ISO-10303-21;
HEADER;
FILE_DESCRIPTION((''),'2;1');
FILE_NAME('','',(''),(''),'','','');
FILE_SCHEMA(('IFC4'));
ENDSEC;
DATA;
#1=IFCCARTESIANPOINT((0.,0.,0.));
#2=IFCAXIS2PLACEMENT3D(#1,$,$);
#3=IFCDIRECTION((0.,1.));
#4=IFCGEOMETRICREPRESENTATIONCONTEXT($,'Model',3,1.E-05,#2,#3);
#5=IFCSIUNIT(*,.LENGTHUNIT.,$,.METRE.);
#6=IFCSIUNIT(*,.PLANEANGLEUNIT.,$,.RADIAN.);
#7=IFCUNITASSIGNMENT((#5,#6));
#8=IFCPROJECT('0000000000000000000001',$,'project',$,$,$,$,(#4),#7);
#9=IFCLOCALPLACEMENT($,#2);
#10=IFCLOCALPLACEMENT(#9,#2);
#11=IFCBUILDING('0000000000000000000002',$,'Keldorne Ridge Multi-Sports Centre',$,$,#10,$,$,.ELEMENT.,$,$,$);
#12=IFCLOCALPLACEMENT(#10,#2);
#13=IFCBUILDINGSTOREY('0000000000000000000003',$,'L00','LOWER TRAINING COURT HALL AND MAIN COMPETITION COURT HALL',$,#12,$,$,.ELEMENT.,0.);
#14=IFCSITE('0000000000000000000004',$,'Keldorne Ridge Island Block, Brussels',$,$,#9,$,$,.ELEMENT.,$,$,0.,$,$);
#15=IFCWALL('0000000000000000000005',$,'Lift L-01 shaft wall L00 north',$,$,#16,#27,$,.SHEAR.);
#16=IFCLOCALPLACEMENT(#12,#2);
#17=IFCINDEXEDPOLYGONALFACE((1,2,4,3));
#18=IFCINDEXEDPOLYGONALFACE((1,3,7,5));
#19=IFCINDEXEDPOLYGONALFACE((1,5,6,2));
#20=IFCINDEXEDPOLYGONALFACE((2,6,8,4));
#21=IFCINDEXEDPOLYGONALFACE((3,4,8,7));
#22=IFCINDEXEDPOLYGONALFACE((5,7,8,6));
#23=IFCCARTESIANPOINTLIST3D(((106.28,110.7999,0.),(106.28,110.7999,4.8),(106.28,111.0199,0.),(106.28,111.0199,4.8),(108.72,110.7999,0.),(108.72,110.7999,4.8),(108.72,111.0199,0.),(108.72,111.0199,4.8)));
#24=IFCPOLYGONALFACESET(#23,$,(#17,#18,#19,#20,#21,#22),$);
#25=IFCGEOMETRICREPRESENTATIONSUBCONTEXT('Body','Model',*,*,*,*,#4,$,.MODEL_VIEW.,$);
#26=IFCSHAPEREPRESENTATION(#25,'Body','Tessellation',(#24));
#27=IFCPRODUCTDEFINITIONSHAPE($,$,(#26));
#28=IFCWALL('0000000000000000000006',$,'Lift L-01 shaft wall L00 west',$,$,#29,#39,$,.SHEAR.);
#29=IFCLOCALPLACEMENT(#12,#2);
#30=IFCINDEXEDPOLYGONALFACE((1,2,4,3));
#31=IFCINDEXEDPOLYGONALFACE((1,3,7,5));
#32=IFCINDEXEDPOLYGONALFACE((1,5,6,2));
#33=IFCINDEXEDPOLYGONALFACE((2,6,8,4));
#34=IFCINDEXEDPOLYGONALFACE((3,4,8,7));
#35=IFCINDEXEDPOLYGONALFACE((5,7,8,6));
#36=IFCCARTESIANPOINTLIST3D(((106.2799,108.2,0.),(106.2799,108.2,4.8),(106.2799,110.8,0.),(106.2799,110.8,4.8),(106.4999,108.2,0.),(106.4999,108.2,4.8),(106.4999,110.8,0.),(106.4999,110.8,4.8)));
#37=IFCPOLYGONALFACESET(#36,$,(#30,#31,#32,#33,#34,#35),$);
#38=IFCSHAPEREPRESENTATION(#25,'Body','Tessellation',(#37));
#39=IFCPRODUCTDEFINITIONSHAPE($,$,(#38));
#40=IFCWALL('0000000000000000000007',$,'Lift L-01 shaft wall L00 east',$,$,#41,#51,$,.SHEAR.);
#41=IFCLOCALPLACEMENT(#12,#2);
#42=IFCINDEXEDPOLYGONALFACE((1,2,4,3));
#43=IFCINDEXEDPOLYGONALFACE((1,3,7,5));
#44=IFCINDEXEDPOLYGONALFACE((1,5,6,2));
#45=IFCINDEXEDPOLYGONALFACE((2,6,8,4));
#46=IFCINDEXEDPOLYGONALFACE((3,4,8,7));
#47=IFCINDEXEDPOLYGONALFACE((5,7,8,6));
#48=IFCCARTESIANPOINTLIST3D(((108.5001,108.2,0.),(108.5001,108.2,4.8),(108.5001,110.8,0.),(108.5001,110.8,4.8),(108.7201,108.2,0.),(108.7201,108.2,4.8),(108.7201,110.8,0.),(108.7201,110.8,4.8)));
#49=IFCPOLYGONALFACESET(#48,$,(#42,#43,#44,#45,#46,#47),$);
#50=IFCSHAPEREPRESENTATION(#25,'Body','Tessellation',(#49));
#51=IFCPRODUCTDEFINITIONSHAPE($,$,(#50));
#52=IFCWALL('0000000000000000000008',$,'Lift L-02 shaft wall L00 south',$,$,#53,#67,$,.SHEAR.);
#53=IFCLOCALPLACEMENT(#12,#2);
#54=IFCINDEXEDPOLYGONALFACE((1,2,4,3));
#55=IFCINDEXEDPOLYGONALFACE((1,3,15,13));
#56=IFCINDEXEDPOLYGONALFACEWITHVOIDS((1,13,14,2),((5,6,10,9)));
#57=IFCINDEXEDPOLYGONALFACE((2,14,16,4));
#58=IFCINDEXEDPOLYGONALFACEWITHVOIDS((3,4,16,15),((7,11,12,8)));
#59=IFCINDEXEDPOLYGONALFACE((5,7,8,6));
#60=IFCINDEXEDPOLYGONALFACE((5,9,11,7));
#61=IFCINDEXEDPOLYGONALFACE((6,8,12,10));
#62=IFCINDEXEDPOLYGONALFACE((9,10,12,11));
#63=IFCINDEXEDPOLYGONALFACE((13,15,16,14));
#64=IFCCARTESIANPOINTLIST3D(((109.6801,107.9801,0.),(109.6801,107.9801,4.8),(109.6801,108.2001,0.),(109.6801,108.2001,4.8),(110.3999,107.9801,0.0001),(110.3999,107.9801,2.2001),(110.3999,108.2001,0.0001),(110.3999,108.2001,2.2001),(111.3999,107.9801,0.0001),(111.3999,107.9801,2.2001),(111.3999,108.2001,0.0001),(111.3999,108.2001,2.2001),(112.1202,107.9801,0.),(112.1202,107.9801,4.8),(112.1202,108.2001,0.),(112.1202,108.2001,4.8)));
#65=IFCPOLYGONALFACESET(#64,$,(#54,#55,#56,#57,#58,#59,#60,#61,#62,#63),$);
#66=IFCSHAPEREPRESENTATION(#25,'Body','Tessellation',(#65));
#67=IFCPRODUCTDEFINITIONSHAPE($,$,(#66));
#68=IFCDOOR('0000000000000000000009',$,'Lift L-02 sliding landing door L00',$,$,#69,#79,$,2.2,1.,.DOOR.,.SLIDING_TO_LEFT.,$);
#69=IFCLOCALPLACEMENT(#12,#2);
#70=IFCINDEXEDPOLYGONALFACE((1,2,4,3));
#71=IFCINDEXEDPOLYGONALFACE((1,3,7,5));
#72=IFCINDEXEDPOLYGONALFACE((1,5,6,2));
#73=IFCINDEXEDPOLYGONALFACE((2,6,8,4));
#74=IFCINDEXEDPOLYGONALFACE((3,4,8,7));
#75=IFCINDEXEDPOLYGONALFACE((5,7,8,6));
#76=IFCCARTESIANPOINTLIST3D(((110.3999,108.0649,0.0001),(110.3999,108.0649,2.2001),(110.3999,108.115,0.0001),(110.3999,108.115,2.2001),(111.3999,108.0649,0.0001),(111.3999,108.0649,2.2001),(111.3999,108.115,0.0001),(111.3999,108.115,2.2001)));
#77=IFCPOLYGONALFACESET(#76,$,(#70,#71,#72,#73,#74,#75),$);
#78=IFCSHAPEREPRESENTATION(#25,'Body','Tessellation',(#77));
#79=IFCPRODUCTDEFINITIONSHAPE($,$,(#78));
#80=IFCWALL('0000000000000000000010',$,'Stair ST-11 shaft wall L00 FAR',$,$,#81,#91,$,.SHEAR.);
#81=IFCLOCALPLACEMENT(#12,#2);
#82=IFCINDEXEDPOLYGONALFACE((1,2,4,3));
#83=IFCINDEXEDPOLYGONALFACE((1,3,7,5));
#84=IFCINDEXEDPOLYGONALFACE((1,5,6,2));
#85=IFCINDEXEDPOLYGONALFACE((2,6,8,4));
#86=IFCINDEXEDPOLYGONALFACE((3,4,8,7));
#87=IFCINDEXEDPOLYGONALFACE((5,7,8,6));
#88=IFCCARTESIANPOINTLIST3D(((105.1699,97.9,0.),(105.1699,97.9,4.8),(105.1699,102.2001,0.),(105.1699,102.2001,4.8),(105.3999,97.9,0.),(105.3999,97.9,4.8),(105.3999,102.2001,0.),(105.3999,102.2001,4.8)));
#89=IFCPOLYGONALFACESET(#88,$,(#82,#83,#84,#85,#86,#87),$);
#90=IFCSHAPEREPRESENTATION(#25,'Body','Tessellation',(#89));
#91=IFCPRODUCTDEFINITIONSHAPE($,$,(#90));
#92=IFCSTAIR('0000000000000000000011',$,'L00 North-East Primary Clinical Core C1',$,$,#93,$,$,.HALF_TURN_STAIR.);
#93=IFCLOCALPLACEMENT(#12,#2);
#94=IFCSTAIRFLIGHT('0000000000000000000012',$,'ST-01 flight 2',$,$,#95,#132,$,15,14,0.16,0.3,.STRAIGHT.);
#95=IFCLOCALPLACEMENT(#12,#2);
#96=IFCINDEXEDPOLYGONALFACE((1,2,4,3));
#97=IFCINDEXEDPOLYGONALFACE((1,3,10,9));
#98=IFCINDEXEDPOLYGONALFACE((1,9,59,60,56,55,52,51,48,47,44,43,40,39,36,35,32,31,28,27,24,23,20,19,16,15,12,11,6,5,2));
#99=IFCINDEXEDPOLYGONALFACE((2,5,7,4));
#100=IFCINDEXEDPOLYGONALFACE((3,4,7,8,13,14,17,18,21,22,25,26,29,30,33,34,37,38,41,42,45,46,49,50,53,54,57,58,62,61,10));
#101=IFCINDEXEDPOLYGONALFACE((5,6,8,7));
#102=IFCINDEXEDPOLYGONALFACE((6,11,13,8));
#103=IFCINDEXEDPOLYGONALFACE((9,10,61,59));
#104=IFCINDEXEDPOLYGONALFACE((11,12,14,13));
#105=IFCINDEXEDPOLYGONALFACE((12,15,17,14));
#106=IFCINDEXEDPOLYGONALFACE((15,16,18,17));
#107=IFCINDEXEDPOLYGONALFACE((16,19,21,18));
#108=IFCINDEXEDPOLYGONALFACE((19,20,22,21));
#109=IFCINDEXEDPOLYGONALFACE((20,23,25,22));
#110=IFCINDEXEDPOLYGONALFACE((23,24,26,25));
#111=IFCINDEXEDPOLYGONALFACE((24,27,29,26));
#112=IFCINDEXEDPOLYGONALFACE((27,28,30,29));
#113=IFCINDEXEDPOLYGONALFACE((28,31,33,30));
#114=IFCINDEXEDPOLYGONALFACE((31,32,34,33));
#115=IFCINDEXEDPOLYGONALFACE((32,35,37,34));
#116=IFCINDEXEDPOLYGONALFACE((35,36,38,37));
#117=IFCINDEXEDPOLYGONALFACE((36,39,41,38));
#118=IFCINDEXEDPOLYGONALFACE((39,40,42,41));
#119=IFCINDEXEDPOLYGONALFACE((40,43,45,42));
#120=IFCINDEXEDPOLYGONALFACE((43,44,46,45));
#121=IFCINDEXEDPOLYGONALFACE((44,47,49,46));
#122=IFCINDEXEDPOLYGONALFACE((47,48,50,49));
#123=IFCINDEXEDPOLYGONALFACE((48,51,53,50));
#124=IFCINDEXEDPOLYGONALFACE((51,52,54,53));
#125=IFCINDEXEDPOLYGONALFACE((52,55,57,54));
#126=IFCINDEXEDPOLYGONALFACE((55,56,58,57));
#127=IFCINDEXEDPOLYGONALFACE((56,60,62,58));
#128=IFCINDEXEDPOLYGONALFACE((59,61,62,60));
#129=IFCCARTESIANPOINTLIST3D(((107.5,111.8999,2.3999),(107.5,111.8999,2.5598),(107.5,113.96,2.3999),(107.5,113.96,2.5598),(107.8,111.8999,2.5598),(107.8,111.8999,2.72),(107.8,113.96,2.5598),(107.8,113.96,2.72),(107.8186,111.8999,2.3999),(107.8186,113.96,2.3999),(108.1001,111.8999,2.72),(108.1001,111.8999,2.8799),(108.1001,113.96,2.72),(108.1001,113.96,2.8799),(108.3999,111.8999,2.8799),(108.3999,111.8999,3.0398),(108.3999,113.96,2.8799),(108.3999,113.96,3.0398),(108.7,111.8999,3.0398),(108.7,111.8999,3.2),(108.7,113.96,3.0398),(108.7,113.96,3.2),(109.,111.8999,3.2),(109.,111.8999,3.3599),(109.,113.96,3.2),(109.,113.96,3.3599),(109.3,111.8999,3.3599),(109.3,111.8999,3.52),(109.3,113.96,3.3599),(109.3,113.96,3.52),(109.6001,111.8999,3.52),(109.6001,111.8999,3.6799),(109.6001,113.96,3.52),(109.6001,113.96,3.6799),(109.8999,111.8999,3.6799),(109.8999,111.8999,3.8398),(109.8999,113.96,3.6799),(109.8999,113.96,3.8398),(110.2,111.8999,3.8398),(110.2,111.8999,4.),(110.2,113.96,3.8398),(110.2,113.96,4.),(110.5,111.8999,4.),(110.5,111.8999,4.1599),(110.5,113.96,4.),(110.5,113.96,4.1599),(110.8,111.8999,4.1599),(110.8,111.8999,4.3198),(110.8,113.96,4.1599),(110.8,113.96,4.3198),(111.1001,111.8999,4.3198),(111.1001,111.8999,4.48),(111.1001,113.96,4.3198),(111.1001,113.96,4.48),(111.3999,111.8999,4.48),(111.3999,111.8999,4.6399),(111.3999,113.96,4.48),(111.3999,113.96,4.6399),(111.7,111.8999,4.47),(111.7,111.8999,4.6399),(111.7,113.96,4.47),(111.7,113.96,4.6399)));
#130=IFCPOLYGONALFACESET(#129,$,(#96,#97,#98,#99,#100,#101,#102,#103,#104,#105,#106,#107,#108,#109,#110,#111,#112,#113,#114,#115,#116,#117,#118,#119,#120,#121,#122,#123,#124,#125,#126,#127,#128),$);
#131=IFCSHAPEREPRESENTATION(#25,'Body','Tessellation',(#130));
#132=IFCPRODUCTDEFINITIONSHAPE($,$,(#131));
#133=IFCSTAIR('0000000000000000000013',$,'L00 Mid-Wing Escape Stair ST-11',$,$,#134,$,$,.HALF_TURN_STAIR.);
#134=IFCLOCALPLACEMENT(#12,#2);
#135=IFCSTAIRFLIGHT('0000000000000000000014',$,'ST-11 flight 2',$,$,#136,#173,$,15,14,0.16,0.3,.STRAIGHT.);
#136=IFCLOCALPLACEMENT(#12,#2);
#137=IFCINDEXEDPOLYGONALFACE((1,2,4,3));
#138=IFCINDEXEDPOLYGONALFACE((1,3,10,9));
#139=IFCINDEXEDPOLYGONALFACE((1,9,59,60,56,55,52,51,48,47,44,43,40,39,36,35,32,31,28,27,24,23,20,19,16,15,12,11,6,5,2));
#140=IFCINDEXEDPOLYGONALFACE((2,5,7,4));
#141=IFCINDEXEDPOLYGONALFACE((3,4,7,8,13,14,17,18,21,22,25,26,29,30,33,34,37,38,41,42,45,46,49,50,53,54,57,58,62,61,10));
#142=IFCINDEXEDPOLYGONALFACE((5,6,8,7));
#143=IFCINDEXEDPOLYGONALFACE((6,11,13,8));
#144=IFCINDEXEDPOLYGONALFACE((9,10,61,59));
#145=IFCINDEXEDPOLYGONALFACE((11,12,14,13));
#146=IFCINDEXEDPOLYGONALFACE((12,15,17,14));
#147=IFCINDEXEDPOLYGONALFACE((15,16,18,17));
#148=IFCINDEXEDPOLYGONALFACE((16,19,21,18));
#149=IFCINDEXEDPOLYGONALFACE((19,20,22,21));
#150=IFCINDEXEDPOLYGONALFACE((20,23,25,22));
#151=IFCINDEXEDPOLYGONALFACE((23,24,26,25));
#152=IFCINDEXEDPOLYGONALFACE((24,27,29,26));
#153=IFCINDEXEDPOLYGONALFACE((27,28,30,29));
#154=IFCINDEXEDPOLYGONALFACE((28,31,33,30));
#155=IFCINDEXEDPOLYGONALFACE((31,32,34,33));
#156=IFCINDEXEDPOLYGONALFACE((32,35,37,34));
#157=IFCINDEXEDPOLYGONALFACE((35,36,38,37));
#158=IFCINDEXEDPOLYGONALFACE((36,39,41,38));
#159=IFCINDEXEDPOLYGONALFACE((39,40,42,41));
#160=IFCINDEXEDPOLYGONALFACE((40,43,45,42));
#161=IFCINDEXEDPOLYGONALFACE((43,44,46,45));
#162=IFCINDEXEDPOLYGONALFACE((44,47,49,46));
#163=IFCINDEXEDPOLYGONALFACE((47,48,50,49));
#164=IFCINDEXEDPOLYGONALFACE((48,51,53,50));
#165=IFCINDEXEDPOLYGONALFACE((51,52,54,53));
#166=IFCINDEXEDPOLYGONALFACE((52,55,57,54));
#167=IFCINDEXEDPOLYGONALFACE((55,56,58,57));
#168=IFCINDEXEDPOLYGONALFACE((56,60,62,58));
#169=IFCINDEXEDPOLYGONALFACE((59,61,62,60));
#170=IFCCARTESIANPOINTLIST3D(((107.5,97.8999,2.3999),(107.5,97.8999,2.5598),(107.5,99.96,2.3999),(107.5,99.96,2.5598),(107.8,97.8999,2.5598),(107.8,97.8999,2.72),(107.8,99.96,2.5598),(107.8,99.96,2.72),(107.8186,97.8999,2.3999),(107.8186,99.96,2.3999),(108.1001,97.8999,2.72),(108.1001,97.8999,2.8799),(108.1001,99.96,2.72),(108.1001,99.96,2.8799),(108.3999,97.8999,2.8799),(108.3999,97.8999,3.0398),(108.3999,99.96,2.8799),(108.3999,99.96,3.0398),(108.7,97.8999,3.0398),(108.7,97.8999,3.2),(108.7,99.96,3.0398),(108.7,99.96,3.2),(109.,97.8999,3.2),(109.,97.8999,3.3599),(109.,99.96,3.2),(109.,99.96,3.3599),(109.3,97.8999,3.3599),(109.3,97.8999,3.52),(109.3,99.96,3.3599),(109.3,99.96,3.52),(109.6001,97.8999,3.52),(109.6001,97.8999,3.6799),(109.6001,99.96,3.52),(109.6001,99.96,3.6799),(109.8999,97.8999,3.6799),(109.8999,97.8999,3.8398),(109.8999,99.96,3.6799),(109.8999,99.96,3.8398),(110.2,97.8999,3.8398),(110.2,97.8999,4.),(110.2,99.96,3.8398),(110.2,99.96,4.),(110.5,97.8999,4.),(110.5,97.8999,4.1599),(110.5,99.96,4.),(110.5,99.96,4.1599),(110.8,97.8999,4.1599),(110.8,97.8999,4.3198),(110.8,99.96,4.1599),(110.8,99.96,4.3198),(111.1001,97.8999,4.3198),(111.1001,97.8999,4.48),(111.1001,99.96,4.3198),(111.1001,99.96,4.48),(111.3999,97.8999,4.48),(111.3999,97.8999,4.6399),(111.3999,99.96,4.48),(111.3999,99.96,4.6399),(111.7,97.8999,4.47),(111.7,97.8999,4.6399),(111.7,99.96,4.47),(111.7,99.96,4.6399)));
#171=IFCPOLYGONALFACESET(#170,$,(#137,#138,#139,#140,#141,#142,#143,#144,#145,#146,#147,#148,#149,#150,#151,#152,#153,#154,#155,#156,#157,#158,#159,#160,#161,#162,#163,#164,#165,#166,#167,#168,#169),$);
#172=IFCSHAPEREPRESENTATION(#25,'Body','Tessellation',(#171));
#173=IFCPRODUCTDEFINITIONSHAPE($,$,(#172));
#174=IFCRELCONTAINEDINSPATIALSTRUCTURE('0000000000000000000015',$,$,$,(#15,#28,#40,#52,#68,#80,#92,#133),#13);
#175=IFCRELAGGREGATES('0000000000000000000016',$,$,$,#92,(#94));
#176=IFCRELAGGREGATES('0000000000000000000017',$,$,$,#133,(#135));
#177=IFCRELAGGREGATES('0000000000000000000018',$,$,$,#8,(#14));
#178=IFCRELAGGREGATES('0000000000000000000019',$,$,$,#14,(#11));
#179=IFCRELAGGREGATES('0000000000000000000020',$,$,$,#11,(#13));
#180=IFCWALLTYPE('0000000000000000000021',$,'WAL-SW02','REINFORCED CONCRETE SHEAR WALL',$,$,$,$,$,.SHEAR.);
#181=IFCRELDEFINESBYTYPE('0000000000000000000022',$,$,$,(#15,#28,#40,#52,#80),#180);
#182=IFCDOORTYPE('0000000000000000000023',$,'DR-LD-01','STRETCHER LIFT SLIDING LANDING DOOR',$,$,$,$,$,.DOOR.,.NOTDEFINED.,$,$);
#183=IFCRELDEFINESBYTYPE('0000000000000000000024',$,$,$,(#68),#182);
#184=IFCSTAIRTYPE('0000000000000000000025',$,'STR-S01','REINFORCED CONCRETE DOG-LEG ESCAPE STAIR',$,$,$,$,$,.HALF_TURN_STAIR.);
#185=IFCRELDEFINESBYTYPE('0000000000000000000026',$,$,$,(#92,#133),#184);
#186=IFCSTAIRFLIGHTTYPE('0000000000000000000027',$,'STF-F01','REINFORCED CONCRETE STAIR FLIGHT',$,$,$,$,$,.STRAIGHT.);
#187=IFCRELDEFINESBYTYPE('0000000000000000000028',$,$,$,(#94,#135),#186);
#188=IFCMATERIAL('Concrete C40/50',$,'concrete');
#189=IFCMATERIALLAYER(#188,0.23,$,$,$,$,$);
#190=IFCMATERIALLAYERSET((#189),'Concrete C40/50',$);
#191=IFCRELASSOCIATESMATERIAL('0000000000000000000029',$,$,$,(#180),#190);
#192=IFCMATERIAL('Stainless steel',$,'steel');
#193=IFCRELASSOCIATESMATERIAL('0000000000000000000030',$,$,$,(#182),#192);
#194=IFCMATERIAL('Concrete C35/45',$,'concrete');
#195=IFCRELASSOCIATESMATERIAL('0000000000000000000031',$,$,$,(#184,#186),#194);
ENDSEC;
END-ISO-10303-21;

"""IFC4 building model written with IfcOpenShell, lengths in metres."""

from ifc_helpers import new_model, si_unit, direction, frame, frame_2d, origin, place, context, subcontext, project, spatial, polyline, rectangle, outline, extrude, material, layer, layer_set, type_object, element, fill, aggregate, save


model = new_model("IFC4")

# Units and contexts
model_context = context("Model", 3, precision=1e-05, world=origin(), true_north=direction((0.0, 1.0)))
body_context = subcontext(model_context, "Body", "Model", "MODEL_VIEW")
ifc_project = project(units=[si_unit("LENGTHUNIT", "METRE"), si_unit("PLANEANGLEUNIT", "RADIAN")], contexts=[model_context])

# Site, building, storey
site_placement = place(None, origin())
site = spatial("IfcSite", under=ifc_project, at=site_placement, Name="Keldorne Ridge Island Block, Brussels", CompositionType="ELEMENT", RefElevation=0.0)
building_placement = place(site_placement, origin())
building = spatial("IfcBuilding", under=site, at=building_placement, Name="Keldorne Ridge Multi-Sports Centre", CompositionType="ELEMENT")
storey_placement = place(building_placement, origin())
storey = spatial("IfcBuildingStorey", under=building, at=storey_placement, Name="L00", Description="LOWER TRAINING COURT HALL AND MAIN COMPETITION COURT HALL", CompositionType="ELEMENT", Elevation=0.0)

# Shared definitions
ifc_material_1 = material(Name="Concrete C35/45", Category="concrete")

# Shared definitions
ifc_material_2 = material(Name="Concrete C40/50", Category="concrete")

# Shared definitions
ifc_layer_1 = layer(ifc_material_2, 0.23)
ifc_layer_set_1 = layer_set([ifc_layer_1], Name="Concrete C40/50")
wall_type_1 = type_object("IfcWallType", Name="WAL-SW02", Description="REINFORCED CONCRETE SHEAR WALL", PredefinedType="SHEAR", material=ifc_layer_set_1)
ifc_material_3 = material(Name="Stainless steel", Category="steel")
door_type = type_object("IfcDoorType", Name="DR-LD-01", Description="STRETCHER LIFT SLIDING LANDING DOOR", OperationType="NOTDEFINED", PredefinedType="DOOR", material=ifc_material_3)

# Walls
wall_1_placement = place(storey_placement, frame((108.72, 110.9099, 0.0), z_axis=(0.0, 0.0, 1.0), x_axis=(-1.0, 0.0, 0.0)))
element("IfcWall", 1, at=wall_1_placement, inside=storey, type_object=wall_type_1, Name="Lift L-01 shaft wall L00 north", PredefinedType="SHEAR", context=body_context, shape_type="SweptSolid", body=[
    extrude(rectangle(XDim=2.4399, YDim=0.22, at=frame_2d((1.22, 0.0))), origin(), (0.0, 0.0, 1.0), 4.8),
])
for number, where, z_axis, x_axis, name in (
    (2, (106.3899, 110.8, 0.0), (0.0, 0.0, 1.0), (0.0, -1.0, 0.0), "Lift L-01 shaft wall L00 west"),
    (3, (108.6101, 108.2, 0.0), (0.0, 0.0, 1.0), (0.0, 1.0, 0.0), "Lift L-01 shaft wall L00 east"),
):
    element("IfcWall", number, at=place(storey_placement, frame(where, z_axis=z_axis, x_axis=x_axis)), inside=storey, type_object=wall_type_1, Name=name, PredefinedType="SHEAR", context=body_context, shape_type="SweptSolid", body=[
        extrude(rectangle(XDim=2.6001, YDim=0.22, at=frame_2d((1.3, 0.0))), origin(), (0.0, 0.0, 1.0), 4.8),
    ])

# Wall, opening, door
wall_2_placement = place(storey_placement, frame((109.6799, 108.0901, 0.0), z_axis=(0.0, 0.0, 1.0), x_axis=(1.0, 0.0, 0.0)))
wall_2 = element("IfcWall", 4, at=wall_2_placement, inside=storey, type_object=wall_type_1, Name="Lift L-02 shaft wall L00 south", PredefinedType="SHEAR", context=body_context, shape_type="SweptSolid", body=[
    extrude(rectangle(XDim=2.4402, YDim=0.22, at=frame_2d((1.2202, 0.0))), origin(), (0.0, 0.0, 1.0), 4.8),
])
opening_1_placement = place(wall_2_placement, frame((0.72, 0.0, 0.0)))
opening_1 = element("IfcOpeningElement", 5, at=opening_1_placement, cuts=wall_2, PredefinedType="OPENING", context=body_context, shape_type="SweptSolid", body=[
    extrude(rectangle(XDim=1.0, YDim=2.2, at=frame_2d((0.5, 1.1001))), frame((0.0, 0.1201, 0.0), z_axis=(0.0, -1.0, 0.0), x_axis=(1.0, 0.0, 0.0)), (0.0, 0.0, 1.0), 0.24),
])
door_1_placement = place(opening_1_placement, origin())
door_1 = element("IfcDoor", 6, at=door_1_placement, inside=storey, type_object=door_type, Name="Lift L-02 sliding landing door L00", OperationType="SLIDING_TO_LEFT", OverallHeight=2.2, OverallWidth=1.0, PredefinedType="DOOR", context=body_context, shape_type="SweptSolid", body=[
    extrude(rectangle(XDim=1.0, YDim=2.2, at=frame_2d((0.5, 1.1001))), frame((0.0, 0.0249, 0.0), z_axis=(0.0, -1.0, 0.0), x_axis=(1.0, 0.0, 0.0)), (0.0, 0.0, 1.0), 0.05),
])
fill(opening_1, door_1)

# Wall
wall_3_placement = place(storey_placement, frame((105.2849, 102.2, 0.0), z_axis=(0.0, 0.0, 1.0), x_axis=(0.0, -1.0, 0.0)))
element("IfcWall", 7, at=wall_3_placement, inside=storey, type_object=wall_type_1, Name="Stair ST-11 shaft wall L00 FAR", PredefinedType="SHEAR", context=body_context, shape_type="SweptSolid", body=[
    extrude(rectangle(XDim=4.3, YDim=0.23, at=frame_2d((2.1499, 0.0))), origin(), (0.0, 0.0, 1.0), 4.8),
])

# Stairs, stair flights
stair_type = type_object("IfcStairType", Name="STR-S01", Description="REINFORCED CONCRETE DOG-LEG ESCAPE STAIR", PredefinedType="HALF_TURN_STAIR", material=ifc_material_1)
stair_1_placement = place(storey_placement, origin())
stair_1 = element("IfcStair", 8, at=stair_1_placement, inside=storey, type_object=stair_type, Name="L00 North-East Primary Clinical Core C1", PredefinedType="HALF_TURN_STAIR")
stair_flight_type = type_object("IfcStairFlightType", Name="STF-F01", Description="REINFORCED CONCRETE STAIR FLIGHT", PredefinedType="STRAIGHT", material=ifc_material_1)
stair_flight_1_placement = place(storey_placement, frame((107.5, 112.9299, 2.3999), z_axis=(0.0, 0.0, 1.0), x_axis=(1.0, 0.0, 0.0)))
stair_flight_1 = element("IfcStairFlight", 9, at=stair_flight_1_placement, type_object=stair_flight_type, Name="ST-01 flight 2", NumberOfRisers=15, NumberOfTreads=14, PredefinedType="STRAIGHT", RiserHeight=0.16, TreadLength=0.3, context=body_context, shape_type="SweptSolid", body=[
    extrude(outline(polyline([(0.0, 0.0), (0.0, 0.1599), (0.3, 0.1599), (0.3, 0.3201), (0.6001, 0.3201), (0.6001, 0.48), (0.8999, 0.48), (0.8999, 0.6399), (1.2, 0.6399), (1.2, 0.8), (1.5, 0.8), (1.5, 0.96), (1.8, 0.96), (1.8, 1.1201), (2.1001, 1.1201), (2.1001, 1.28), (2.3999, 1.28), (2.3999, 1.4399), (2.7, 1.4399), (2.7, 1.6001), (3.0, 1.6001), (3.0, 1.76), (3.3, 1.76), (3.3, 1.9199), (3.6001, 1.9199), (3.6001, 2.0801), (3.8999, 2.0801), (3.8999, 2.24), (4.2, 2.24), (4.2, 2.3999), (4.2, 2.0701), (0.3186, 0.0), (0.0, 0.0)])), frame((0.0, 1.03, 0.0), z_axis=(0.0, -1.0, 0.0), x_axis=(1.0, 0.0, 0.0)), (0.0, 0.0, 1.0), 2.0601),
])
aggregate(stair_1, [stair_flight_1])
stair_2_placement = place(storey_placement, origin())
stair_2 = element("IfcStair", 10, at=stair_2_placement, inside=storey, type_object=stair_type, Name="L00 Mid-Wing Escape Stair ST-11", PredefinedType="HALF_TURN_STAIR")
stair_flight_2_placement = place(storey_placement, frame((107.5, 98.9299, 2.3999), z_axis=(0.0, 0.0, 1.0), x_axis=(1.0, 0.0, 0.0)))
stair_flight_2 = element("IfcStairFlight", 11, at=stair_flight_2_placement, type_object=stair_flight_type, Name="ST-11 flight 2", NumberOfRisers=15, NumberOfTreads=14, PredefinedType="STRAIGHT", RiserHeight=0.16, TreadLength=0.3, context=body_context, shape_type="SweptSolid", body=[
    extrude(outline(polyline([(0.0, 0.0), (0.0, 0.1599), (0.3, 0.1599), (0.3, 0.3201), (0.6001, 0.3201), (0.6001, 0.48), (0.8999, 0.48), (0.8999, 0.6399), (1.2, 0.6399), (1.2, 0.8), (1.5, 0.8), (1.5, 0.96), (1.8, 0.96), (1.8, 1.1201), (2.1001, 1.1201), (2.1001, 1.28), (2.3999, 1.28), (2.3999, 1.4399), (2.7, 1.4399), (2.7, 1.6001), (3.0, 1.6001), (3.0, 1.76), (3.3, 1.76), (3.3, 1.9199), (3.6001, 1.9199), (3.6001, 2.0801), (3.8999, 2.0801), (3.8999, 2.24), (4.2, 2.24), (4.2, 2.3999), (4.2, 2.0701), (0.3186, 0.0), (0.0, 0.0)])), frame((0.0, 1.03, 0.0), z_axis=(0.0, -1.0, 0.0), x_axis=(1.0, 0.0, 0.0)), (0.0, 0.0, 1.0), 2.0601),
])
aggregate(stair_2, [stair_flight_2])

save(model, "model.ifc")
